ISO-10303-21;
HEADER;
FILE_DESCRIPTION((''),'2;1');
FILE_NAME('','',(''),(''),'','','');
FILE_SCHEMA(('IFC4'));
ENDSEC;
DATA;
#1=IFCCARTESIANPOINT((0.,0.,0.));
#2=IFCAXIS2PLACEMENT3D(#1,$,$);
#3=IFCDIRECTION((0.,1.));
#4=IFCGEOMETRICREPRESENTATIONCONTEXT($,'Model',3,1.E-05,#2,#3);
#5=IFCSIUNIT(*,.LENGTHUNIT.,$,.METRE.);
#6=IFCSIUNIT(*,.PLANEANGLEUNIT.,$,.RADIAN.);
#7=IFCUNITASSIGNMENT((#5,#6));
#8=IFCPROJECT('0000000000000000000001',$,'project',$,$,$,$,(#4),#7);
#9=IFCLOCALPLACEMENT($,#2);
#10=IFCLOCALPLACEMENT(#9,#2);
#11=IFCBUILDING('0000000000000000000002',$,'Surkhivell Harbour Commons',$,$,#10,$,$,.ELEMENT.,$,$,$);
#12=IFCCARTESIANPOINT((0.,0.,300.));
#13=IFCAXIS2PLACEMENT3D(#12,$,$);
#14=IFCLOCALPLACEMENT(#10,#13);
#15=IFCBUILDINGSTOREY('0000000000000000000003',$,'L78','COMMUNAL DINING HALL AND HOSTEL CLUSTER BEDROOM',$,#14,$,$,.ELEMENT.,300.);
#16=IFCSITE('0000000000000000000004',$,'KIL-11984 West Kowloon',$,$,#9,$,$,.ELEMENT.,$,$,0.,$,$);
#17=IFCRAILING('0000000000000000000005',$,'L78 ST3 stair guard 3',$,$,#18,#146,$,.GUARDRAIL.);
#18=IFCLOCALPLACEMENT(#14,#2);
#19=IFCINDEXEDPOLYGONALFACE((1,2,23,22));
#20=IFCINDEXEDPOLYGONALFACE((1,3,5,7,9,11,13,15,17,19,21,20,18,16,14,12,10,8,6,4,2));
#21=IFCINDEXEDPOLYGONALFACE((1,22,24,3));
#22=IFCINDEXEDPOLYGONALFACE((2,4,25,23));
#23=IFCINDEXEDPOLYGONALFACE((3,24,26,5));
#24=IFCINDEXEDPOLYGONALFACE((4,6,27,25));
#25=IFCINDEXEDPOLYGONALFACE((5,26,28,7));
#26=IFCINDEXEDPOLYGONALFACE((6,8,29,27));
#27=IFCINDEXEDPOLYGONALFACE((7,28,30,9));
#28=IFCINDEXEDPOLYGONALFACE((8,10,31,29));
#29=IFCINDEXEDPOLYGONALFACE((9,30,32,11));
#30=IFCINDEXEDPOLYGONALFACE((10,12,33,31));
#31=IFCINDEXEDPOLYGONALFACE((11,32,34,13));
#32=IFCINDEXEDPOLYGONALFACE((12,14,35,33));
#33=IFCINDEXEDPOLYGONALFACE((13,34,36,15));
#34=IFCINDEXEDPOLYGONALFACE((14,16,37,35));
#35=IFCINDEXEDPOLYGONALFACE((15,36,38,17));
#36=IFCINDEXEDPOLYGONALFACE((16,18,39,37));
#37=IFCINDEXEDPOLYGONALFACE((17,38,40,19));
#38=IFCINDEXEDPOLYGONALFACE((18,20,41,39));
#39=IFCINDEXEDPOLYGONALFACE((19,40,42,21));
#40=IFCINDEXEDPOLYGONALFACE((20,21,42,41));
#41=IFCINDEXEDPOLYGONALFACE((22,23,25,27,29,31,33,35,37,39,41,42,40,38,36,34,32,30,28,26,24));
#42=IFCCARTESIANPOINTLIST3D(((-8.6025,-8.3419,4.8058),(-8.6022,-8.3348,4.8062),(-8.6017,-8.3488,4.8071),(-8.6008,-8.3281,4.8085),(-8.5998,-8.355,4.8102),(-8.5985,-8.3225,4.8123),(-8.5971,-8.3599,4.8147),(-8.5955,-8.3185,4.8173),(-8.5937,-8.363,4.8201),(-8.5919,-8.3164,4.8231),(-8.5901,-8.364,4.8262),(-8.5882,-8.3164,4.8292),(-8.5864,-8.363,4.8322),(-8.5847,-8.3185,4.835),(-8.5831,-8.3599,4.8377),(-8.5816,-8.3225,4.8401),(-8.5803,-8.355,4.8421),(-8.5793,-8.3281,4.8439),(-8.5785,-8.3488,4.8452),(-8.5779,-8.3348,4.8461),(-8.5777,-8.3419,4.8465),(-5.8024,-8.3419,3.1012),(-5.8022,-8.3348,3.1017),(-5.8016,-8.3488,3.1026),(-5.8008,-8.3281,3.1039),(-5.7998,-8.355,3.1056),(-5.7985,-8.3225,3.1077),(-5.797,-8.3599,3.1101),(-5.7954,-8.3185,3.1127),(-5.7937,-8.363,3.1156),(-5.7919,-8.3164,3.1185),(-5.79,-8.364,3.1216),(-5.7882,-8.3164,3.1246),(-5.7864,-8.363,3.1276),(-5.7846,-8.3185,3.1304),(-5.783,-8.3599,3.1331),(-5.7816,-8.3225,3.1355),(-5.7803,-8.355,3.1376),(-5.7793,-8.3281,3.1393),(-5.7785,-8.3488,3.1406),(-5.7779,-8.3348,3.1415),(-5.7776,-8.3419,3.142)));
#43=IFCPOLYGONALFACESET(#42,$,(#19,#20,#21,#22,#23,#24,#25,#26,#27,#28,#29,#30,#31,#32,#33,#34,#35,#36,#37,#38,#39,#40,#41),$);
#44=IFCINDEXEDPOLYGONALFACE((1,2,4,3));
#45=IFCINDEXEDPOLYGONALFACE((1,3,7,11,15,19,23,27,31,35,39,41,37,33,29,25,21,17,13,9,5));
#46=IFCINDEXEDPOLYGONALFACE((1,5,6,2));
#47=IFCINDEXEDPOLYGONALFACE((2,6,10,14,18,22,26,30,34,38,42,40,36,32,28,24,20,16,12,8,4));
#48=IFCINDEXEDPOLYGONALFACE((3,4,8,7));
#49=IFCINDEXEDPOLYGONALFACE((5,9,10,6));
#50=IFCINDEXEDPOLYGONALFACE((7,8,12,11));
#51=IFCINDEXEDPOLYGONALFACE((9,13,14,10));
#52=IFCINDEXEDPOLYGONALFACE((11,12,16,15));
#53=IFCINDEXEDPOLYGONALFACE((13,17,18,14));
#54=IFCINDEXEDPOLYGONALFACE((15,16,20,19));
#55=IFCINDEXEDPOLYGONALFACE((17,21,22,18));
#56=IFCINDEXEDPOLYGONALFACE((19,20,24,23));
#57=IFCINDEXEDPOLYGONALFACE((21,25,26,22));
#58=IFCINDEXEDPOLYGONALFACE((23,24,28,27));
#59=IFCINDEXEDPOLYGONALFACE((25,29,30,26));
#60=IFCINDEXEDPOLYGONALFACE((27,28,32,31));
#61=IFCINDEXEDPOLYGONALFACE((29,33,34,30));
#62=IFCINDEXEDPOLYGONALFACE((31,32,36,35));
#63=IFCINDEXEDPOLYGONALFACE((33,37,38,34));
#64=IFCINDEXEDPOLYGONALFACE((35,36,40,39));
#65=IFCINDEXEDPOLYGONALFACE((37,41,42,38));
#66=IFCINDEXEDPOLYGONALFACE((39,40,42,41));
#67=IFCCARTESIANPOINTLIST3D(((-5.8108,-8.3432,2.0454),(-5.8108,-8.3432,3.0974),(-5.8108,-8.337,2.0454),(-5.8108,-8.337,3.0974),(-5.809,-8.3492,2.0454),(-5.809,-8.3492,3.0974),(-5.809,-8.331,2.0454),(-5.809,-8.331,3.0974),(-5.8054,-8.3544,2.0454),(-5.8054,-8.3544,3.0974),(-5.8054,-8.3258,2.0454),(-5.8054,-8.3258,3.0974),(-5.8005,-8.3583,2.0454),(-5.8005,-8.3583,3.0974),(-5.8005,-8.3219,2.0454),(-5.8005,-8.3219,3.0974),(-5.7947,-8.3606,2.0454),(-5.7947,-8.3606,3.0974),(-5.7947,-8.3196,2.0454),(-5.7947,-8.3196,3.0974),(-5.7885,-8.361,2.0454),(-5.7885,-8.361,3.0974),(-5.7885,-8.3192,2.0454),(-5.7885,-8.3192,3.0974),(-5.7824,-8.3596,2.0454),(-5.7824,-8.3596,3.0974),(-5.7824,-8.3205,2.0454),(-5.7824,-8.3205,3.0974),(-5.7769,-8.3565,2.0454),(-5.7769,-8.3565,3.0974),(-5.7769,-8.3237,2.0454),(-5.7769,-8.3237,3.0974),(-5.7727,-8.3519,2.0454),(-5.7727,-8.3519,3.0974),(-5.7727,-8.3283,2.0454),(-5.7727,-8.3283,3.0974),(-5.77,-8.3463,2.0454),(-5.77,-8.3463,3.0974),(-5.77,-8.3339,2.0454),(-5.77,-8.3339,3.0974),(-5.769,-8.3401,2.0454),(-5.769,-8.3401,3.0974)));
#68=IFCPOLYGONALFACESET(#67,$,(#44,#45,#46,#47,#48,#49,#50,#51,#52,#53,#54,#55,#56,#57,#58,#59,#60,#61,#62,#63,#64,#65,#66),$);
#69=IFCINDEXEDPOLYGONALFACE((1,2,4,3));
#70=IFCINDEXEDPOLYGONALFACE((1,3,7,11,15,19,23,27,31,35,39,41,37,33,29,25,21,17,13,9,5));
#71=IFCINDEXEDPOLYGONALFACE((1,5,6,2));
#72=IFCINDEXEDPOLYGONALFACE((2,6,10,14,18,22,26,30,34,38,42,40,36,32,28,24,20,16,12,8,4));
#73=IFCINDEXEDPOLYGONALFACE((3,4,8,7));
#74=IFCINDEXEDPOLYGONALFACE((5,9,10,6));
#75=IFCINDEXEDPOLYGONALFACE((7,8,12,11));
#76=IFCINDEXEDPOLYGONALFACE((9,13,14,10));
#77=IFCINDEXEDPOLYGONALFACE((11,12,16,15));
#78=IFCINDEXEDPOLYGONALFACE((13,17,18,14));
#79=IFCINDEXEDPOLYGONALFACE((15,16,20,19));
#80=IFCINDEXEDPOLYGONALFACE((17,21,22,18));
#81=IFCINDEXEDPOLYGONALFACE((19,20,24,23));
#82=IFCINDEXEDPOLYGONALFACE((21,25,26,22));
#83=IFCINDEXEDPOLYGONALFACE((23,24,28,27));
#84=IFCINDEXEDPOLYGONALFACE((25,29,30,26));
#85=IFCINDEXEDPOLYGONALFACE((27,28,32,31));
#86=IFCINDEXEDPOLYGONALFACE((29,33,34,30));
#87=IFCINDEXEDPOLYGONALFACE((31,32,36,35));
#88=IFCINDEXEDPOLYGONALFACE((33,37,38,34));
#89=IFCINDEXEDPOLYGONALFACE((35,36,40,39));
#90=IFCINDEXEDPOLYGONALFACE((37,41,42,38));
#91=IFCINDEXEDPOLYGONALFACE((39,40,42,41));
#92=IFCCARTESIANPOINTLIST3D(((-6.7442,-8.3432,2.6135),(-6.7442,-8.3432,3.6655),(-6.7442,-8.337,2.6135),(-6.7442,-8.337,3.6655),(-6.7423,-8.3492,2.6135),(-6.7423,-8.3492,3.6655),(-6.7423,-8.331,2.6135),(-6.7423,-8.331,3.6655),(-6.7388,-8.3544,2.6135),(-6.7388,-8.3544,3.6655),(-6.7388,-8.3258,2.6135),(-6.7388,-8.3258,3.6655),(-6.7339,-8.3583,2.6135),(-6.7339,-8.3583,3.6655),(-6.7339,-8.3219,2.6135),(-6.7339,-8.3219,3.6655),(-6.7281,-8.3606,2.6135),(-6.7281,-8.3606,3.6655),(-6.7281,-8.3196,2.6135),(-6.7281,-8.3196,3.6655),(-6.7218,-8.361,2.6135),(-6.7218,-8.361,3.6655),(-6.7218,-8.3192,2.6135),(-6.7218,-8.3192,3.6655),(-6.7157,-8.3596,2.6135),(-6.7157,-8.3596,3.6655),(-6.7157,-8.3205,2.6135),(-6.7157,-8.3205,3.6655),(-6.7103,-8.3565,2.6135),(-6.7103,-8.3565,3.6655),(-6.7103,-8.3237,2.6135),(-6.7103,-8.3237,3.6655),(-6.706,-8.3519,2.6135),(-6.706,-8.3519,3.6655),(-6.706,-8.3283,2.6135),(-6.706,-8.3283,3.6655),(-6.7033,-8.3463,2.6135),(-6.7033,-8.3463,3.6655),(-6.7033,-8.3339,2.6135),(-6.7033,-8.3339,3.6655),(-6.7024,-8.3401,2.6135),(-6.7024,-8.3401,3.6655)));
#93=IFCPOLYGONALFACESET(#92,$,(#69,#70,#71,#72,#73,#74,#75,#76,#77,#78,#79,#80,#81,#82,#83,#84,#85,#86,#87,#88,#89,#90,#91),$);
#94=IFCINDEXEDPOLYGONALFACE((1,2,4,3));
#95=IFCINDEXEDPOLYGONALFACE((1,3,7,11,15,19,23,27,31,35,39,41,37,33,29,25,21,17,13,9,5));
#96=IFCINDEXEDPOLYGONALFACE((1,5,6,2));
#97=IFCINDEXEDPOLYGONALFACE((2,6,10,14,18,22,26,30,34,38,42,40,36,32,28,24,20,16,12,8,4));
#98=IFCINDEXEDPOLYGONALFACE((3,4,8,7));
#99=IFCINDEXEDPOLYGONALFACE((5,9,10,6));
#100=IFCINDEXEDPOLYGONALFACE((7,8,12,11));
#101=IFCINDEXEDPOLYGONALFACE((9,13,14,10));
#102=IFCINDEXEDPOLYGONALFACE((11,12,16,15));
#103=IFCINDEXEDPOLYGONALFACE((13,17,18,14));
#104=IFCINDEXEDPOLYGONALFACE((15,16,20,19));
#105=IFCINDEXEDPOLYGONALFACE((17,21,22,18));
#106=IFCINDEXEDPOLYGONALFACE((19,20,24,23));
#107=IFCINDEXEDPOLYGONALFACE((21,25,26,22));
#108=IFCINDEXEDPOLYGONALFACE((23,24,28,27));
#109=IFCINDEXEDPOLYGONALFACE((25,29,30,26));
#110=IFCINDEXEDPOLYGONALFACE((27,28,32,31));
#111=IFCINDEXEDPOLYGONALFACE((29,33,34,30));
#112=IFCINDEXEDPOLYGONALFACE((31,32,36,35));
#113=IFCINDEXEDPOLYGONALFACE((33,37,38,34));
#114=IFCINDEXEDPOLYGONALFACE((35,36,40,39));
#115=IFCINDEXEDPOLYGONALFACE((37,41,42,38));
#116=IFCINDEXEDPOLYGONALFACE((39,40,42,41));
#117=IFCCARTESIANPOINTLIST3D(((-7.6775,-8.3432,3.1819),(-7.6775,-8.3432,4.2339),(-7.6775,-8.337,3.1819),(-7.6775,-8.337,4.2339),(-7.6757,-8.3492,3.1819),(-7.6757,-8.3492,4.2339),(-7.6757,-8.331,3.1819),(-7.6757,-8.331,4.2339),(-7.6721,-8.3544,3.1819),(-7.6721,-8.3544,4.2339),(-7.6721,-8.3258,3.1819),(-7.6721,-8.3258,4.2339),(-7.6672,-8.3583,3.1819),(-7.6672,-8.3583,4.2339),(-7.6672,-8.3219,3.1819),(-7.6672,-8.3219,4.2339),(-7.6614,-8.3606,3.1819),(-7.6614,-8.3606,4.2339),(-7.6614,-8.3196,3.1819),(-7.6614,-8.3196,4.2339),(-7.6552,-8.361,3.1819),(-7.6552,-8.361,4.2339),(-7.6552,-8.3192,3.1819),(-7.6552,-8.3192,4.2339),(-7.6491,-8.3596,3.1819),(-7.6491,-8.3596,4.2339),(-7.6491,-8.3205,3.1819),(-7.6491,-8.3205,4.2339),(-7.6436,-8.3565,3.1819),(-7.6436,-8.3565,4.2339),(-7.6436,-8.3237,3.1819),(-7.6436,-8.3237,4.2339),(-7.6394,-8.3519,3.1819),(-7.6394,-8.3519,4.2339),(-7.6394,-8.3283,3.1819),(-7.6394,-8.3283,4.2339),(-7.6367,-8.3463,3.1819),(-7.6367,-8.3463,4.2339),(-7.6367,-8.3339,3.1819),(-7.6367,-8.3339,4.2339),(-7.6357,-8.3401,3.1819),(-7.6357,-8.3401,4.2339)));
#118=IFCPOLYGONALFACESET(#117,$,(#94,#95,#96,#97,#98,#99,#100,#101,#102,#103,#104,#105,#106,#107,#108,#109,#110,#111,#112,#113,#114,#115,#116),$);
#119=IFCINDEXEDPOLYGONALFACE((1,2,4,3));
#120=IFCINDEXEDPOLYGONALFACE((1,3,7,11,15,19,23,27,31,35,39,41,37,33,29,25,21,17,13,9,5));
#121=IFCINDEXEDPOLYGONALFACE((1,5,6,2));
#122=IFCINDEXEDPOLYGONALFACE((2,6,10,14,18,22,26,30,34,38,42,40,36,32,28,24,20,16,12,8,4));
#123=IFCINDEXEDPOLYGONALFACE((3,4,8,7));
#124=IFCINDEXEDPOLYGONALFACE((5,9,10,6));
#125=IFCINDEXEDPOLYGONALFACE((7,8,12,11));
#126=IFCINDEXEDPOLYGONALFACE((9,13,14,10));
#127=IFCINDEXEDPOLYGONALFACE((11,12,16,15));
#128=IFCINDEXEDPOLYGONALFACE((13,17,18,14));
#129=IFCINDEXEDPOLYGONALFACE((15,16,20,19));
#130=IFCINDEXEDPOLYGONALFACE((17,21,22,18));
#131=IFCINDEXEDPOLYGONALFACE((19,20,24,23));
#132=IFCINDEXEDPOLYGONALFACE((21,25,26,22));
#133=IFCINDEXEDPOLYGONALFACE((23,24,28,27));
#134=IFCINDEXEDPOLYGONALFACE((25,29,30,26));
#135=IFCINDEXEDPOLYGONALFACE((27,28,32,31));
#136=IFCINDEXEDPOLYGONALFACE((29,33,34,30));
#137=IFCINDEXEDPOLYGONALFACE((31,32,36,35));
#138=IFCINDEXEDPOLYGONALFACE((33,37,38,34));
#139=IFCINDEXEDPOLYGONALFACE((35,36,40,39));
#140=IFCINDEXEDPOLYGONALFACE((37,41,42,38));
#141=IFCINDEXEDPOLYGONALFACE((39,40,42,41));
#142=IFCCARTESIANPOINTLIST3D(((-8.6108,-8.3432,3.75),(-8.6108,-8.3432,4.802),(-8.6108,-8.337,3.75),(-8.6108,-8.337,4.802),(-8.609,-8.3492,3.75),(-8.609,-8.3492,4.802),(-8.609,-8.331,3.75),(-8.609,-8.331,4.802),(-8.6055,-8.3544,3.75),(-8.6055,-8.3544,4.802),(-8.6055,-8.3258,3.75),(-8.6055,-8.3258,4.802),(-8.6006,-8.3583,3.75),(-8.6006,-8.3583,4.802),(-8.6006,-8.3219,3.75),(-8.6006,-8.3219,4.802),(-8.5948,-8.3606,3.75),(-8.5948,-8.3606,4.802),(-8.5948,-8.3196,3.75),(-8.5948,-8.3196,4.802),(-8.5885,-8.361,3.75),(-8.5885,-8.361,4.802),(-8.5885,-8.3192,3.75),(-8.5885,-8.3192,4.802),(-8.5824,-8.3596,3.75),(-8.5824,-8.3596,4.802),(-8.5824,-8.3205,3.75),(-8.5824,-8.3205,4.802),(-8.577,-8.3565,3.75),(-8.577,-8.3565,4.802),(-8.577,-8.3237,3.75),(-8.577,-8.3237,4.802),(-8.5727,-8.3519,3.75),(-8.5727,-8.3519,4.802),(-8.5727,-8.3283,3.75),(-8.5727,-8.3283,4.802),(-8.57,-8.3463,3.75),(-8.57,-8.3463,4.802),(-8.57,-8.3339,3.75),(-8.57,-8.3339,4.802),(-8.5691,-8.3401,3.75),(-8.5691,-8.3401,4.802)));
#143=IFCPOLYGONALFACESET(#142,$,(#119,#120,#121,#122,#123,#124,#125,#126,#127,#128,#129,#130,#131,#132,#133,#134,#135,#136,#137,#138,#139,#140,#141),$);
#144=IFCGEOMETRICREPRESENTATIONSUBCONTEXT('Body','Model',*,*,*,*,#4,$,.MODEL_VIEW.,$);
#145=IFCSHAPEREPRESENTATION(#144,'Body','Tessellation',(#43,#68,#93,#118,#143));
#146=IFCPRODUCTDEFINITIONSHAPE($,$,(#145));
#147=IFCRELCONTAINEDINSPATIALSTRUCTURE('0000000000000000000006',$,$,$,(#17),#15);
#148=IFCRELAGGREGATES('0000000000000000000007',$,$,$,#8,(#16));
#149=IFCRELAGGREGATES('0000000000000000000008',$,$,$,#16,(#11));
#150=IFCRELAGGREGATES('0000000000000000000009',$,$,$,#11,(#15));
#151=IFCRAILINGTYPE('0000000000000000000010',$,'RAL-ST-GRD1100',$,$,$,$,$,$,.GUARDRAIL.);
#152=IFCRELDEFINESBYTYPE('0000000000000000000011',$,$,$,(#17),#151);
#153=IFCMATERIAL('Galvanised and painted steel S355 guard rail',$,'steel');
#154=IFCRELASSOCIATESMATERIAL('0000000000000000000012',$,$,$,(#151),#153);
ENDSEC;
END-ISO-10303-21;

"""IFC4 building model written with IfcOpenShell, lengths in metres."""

from ifc_helpers import new_model, si_unit, direction, frame, origin, origin_2d, place, context, subcontext, project, spatial, circle, extrude, material, type_object, element, save


model = new_model("IFC4")

# Units and contexts
model_context = context("Model", 3, precision=1e-05, world=origin(), true_north=direction((0.0, 1.0)))
body_context = subcontext(model_context, "Body", "Model", "MODEL_VIEW")
ifc_project = project(units=[si_unit("LENGTHUNIT", "METRE"), si_unit("PLANEANGLEUNIT", "RADIAN")], contexts=[model_context])

# Site, building, storey
site_placement = place(None, origin())
site = spatial("IfcSite", under=ifc_project, at=site_placement, Name="KIL-11984 West Kowloon", CompositionType="ELEMENT", RefElevation=0.0)
building_placement = place(site_placement, origin())
building = spatial("IfcBuilding", under=site, at=building_placement, Name="Surkhivell Harbour Commons", CompositionType="ELEMENT")
storey_placement = place(building_placement, frame((0.0, 0.0, 300.0)))
storey = spatial("IfcBuildingStorey", under=building, at=storey_placement, Name="L78", Description="COMMUNAL DINING HALL AND HOSTEL CLUSTER BEDROOM", CompositionType="ELEMENT", Elevation=300.0)

# Railing
ifc_material_1 = material(Name="Galvanised and painted steel S355 guard rail", Category="steel")
railing_type_1 = type_object("IfcRailingType", Name="RAL-ST-GRD1100", PredefinedType="GUARDRAIL", material=ifc_material_1)
railing_1_placement = place(storey_placement, frame((-5.79, -8.3401, 2.0454)))
element("IfcRailing", 1, at=railing_1_placement, inside=storey, type_object=railing_type_1, Name="L78 ST3 stair guard 3", PredefinedType="GUARDRAIL", context=body_context, shape_type="SweptSolid", body=[
    extrude(circle(Radius=0.0239, at=origin_2d()), frame((0.0, 0.0, 1.0762), z_axis=(-0.85417, 0.0, 0.519994), x_axis=(0.0, -1.0, 0.0)), (0.0, 0.0, 1.0), 3.2781),
    extrude(circle(Radius=0.021, at=origin_2d()), origin(), (0.0, 0.0, 1.0), 1.052),
    extrude(circle(Radius=0.021, at=origin_2d()), frame((-0.9333, 0.0, 0.5681)), (0.0, 0.0, 1.0), 1.052),
    extrude(circle(Radius=0.021, at=origin_2d()), frame((-1.8667, 0.0, 1.1365)), (0.0, 0.0, 1.0), 1.052),
    extrude(circle(Radius=0.021, at=origin_2d()), frame((-2.8, 0.0, 1.7046)), (0.0, 0.0, 1.0), 1.052),
])

save(model, "model.ifc")
